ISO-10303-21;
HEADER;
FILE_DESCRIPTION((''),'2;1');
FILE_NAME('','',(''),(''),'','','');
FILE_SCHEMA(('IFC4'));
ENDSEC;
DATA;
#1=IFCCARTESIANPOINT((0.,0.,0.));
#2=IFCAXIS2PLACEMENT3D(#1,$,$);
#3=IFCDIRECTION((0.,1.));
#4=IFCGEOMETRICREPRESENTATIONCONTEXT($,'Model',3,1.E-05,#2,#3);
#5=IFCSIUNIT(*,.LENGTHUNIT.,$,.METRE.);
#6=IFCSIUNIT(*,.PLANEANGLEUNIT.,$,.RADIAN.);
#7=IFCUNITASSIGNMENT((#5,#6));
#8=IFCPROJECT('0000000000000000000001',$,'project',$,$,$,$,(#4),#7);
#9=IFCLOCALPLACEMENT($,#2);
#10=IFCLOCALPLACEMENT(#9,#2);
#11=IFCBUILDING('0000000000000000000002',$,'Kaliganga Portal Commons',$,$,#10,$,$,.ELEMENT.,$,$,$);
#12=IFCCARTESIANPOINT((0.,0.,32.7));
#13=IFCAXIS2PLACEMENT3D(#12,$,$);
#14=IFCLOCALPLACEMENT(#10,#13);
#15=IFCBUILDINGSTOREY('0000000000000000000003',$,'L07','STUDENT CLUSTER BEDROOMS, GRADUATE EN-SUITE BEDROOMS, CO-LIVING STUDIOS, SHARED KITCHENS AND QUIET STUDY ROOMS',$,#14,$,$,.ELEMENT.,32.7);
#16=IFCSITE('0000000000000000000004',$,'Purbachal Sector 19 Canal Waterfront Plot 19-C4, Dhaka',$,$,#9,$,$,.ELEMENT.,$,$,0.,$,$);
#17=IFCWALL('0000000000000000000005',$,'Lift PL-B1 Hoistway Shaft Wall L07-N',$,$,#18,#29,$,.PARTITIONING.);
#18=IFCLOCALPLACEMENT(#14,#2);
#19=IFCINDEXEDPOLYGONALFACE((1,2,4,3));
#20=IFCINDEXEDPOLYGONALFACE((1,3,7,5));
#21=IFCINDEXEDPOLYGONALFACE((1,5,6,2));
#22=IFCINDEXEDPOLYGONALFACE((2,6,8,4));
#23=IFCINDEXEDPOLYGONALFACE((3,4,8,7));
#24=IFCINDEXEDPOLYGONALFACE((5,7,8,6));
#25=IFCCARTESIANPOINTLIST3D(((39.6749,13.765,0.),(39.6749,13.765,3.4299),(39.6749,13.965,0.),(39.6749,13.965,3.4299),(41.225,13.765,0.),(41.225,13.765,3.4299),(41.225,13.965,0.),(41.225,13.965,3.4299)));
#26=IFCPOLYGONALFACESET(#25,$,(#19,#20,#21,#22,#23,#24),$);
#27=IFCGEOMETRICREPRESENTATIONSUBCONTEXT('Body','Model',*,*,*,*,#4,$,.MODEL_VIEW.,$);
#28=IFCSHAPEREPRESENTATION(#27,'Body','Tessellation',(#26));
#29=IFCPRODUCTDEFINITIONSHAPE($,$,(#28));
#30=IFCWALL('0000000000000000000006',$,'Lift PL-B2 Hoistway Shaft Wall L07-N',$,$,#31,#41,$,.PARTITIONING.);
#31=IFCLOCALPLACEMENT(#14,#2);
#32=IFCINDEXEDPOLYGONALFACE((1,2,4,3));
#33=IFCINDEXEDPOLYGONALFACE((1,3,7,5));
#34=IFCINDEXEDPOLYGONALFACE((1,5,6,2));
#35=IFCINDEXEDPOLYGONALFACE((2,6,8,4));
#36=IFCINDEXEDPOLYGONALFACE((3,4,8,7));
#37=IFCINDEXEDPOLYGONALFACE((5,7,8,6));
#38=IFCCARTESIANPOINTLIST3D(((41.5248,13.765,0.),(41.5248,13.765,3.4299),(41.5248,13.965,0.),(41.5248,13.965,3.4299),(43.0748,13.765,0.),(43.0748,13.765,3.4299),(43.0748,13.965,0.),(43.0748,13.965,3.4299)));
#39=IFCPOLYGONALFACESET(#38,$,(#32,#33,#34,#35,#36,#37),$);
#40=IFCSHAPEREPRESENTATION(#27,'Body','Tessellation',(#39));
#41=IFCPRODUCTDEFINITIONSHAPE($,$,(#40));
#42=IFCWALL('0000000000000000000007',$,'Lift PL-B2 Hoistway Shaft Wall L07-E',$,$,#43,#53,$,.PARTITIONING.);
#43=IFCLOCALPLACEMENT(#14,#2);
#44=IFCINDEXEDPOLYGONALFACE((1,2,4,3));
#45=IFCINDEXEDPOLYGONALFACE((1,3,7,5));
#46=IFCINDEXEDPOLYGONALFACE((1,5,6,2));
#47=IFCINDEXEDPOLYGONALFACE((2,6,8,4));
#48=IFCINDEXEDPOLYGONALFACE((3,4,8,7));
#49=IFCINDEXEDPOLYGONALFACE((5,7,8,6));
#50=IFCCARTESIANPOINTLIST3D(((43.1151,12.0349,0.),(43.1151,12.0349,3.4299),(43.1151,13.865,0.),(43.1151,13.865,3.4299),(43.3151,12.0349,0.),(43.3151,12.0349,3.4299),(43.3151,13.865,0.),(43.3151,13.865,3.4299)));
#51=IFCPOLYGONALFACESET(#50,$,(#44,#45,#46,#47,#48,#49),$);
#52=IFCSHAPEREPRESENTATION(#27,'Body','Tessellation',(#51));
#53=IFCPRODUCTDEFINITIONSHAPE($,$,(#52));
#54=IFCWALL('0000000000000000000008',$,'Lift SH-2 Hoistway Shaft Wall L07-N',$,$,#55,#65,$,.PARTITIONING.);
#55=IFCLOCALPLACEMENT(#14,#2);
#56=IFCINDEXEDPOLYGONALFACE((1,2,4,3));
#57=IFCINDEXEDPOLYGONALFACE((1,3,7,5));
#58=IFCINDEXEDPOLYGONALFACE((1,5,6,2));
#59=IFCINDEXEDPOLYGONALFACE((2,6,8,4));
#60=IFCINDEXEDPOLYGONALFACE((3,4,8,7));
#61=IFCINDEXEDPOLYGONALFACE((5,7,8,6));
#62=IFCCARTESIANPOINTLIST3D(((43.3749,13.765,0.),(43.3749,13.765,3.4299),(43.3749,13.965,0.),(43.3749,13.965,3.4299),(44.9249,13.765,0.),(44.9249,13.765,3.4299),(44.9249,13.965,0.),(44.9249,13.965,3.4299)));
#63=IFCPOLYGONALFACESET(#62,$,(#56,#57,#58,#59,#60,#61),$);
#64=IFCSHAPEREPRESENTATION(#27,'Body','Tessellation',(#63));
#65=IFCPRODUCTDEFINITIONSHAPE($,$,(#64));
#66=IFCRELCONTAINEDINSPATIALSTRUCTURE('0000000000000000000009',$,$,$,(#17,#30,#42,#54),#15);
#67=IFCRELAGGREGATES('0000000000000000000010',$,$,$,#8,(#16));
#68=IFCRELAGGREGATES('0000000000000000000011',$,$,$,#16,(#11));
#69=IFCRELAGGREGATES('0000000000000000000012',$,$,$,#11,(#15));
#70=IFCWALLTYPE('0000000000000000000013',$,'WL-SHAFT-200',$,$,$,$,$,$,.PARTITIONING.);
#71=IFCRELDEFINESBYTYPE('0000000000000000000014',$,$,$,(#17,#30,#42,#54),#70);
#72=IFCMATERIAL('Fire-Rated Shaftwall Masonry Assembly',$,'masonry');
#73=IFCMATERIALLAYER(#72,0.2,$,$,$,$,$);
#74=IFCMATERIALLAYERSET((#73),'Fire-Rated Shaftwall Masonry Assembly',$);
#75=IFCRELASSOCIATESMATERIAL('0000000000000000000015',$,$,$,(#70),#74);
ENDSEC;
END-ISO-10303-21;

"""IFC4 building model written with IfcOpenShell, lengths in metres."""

from ifc_helpers import new_model, si_unit, direction, frame, frame_2d, origin, place, context, subcontext, project, spatial, rectangle, extrude, material, layer, layer_set, type_object, element, save


model = new_model("IFC4")

# Units and contexts
model_context = context("Model", 3, precision=1e-05, world=origin(), true_north=direction((0.0, 1.0)))
body_context = subcontext(model_context, "Body", "Model", "MODEL_VIEW")
ifc_project = project(units=[si_unit("LENGTHUNIT", "METRE"), si_unit("PLANEANGLEUNIT", "RADIAN")], contexts=[model_context])

# Site, building, storey
site_placement = place(None, origin())
site = spatial("IfcSite", under=ifc_project, at=site_placement, Name="Purbachal Sector 19 Canal Waterfront Plot 19-C4, Dhaka", CompositionType="ELEMENT", RefElevation=0.0)
building_placement = place(site_placement, origin())
building = spatial("IfcBuilding", under=site, at=building_placement, Name="Kaliganga Portal Commons", CompositionType="ELEMENT")
storey_placement = place(building_placement, frame((0.0, 0.0, 32.7)))
storey = spatial("IfcBuildingStorey", under=building, at=storey_placement, Name="L07", Description="STUDENT CLUSTER BEDROOMS, GRADUATE EN-SUITE BEDROOMS, CO-LIVING STUDIOS, SHARED KITCHENS AND QUIET STUDY ROOMS", CompositionType="ELEMENT", Elevation=32.7)

# Walls
ifc_material_1 = material(Name="Fire-Rated Shaftwall Masonry Assembly", Category="masonry")
ifc_layer_1 = layer(ifc_material_1, 0.2)
ifc_layer_set_1 = layer_set([ifc_layer_1], Name="Fire-Rated Shaftwall Masonry Assembly")
wall_type_1 = type_object("IfcWallType", Name="WL-SHAFT-200", PredefinedType="PARTITIONING", material=ifc_layer_set_1)
for number, where, z_axis, x_axis, name in (
    (1, (39.675, 13.865, 0.0), (0.0, 0.0, 1.0), (1.0, 0.0, 0.0), "Lift PL-B1 Hoistway Shaft Wall L07-N"),
    (2, (41.5249, 13.865, 0.0), (0.0, 0.0, 1.0), (1.0, 0.0, 0.0), "Lift PL-B2 Hoistway Shaft Wall L07-N"),
):
    element("IfcWall", number, at=place(storey_placement, frame(where, z_axis=z_axis, x_axis=x_axis)), inside=storey, type_object=wall_type_1, Name=name, PredefinedType="PARTITIONING", context=body_context, shape_type="SweptSolid", body=[
        extrude(rectangle(XDim=1.55, YDim=0.2, at=frame_2d((0.7749, 0.0))), origin(), (0.0, 0.0, 1.0), 3.4299),
    ])
wall_1_placement = place(storey_placement, frame((43.2151, 12.0349, 0.0), z_axis=(0.0, 0.0, 1.0), x_axis=(0.0, 1.0, 0.0)))
element("IfcWall", 3, at=wall_1_placement, inside=storey, type_object=wall_type_1, Name="Lift PL-B2 Hoistway Shaft Wall L07-E", PredefinedType="PARTITIONING", context=body_context, shape_type="SweptSolid", body=[
    extrude(rectangle(XDim=1.8301, YDim=0.2, at=frame_2d((0.915, 0.0))), origin(), (0.0, 0.0, 1.0), 3.4299),
])

# Wall
wall_2_placement = place(storey_placement, frame((43.375, 13.865, 0.0), z_axis=(0.0, 0.0, 1.0), x_axis=(1.0, 0.0, 0.0)))
element("IfcWall", 4, at=wall_2_placement, inside=storey, type_object=wall_type_1, Name="Lift SH-2 Hoistway Shaft Wall L07-N", PredefinedType="PARTITIONING", context=body_context, shape_type="SweptSolid", body=[
    extrude(rectangle(XDim=1.55, YDim=0.2, at=frame_2d((0.7749, 0.0))), origin(), (0.0, 0.0, 1.0), 3.4299),
])

save(model, "model.ifc")
